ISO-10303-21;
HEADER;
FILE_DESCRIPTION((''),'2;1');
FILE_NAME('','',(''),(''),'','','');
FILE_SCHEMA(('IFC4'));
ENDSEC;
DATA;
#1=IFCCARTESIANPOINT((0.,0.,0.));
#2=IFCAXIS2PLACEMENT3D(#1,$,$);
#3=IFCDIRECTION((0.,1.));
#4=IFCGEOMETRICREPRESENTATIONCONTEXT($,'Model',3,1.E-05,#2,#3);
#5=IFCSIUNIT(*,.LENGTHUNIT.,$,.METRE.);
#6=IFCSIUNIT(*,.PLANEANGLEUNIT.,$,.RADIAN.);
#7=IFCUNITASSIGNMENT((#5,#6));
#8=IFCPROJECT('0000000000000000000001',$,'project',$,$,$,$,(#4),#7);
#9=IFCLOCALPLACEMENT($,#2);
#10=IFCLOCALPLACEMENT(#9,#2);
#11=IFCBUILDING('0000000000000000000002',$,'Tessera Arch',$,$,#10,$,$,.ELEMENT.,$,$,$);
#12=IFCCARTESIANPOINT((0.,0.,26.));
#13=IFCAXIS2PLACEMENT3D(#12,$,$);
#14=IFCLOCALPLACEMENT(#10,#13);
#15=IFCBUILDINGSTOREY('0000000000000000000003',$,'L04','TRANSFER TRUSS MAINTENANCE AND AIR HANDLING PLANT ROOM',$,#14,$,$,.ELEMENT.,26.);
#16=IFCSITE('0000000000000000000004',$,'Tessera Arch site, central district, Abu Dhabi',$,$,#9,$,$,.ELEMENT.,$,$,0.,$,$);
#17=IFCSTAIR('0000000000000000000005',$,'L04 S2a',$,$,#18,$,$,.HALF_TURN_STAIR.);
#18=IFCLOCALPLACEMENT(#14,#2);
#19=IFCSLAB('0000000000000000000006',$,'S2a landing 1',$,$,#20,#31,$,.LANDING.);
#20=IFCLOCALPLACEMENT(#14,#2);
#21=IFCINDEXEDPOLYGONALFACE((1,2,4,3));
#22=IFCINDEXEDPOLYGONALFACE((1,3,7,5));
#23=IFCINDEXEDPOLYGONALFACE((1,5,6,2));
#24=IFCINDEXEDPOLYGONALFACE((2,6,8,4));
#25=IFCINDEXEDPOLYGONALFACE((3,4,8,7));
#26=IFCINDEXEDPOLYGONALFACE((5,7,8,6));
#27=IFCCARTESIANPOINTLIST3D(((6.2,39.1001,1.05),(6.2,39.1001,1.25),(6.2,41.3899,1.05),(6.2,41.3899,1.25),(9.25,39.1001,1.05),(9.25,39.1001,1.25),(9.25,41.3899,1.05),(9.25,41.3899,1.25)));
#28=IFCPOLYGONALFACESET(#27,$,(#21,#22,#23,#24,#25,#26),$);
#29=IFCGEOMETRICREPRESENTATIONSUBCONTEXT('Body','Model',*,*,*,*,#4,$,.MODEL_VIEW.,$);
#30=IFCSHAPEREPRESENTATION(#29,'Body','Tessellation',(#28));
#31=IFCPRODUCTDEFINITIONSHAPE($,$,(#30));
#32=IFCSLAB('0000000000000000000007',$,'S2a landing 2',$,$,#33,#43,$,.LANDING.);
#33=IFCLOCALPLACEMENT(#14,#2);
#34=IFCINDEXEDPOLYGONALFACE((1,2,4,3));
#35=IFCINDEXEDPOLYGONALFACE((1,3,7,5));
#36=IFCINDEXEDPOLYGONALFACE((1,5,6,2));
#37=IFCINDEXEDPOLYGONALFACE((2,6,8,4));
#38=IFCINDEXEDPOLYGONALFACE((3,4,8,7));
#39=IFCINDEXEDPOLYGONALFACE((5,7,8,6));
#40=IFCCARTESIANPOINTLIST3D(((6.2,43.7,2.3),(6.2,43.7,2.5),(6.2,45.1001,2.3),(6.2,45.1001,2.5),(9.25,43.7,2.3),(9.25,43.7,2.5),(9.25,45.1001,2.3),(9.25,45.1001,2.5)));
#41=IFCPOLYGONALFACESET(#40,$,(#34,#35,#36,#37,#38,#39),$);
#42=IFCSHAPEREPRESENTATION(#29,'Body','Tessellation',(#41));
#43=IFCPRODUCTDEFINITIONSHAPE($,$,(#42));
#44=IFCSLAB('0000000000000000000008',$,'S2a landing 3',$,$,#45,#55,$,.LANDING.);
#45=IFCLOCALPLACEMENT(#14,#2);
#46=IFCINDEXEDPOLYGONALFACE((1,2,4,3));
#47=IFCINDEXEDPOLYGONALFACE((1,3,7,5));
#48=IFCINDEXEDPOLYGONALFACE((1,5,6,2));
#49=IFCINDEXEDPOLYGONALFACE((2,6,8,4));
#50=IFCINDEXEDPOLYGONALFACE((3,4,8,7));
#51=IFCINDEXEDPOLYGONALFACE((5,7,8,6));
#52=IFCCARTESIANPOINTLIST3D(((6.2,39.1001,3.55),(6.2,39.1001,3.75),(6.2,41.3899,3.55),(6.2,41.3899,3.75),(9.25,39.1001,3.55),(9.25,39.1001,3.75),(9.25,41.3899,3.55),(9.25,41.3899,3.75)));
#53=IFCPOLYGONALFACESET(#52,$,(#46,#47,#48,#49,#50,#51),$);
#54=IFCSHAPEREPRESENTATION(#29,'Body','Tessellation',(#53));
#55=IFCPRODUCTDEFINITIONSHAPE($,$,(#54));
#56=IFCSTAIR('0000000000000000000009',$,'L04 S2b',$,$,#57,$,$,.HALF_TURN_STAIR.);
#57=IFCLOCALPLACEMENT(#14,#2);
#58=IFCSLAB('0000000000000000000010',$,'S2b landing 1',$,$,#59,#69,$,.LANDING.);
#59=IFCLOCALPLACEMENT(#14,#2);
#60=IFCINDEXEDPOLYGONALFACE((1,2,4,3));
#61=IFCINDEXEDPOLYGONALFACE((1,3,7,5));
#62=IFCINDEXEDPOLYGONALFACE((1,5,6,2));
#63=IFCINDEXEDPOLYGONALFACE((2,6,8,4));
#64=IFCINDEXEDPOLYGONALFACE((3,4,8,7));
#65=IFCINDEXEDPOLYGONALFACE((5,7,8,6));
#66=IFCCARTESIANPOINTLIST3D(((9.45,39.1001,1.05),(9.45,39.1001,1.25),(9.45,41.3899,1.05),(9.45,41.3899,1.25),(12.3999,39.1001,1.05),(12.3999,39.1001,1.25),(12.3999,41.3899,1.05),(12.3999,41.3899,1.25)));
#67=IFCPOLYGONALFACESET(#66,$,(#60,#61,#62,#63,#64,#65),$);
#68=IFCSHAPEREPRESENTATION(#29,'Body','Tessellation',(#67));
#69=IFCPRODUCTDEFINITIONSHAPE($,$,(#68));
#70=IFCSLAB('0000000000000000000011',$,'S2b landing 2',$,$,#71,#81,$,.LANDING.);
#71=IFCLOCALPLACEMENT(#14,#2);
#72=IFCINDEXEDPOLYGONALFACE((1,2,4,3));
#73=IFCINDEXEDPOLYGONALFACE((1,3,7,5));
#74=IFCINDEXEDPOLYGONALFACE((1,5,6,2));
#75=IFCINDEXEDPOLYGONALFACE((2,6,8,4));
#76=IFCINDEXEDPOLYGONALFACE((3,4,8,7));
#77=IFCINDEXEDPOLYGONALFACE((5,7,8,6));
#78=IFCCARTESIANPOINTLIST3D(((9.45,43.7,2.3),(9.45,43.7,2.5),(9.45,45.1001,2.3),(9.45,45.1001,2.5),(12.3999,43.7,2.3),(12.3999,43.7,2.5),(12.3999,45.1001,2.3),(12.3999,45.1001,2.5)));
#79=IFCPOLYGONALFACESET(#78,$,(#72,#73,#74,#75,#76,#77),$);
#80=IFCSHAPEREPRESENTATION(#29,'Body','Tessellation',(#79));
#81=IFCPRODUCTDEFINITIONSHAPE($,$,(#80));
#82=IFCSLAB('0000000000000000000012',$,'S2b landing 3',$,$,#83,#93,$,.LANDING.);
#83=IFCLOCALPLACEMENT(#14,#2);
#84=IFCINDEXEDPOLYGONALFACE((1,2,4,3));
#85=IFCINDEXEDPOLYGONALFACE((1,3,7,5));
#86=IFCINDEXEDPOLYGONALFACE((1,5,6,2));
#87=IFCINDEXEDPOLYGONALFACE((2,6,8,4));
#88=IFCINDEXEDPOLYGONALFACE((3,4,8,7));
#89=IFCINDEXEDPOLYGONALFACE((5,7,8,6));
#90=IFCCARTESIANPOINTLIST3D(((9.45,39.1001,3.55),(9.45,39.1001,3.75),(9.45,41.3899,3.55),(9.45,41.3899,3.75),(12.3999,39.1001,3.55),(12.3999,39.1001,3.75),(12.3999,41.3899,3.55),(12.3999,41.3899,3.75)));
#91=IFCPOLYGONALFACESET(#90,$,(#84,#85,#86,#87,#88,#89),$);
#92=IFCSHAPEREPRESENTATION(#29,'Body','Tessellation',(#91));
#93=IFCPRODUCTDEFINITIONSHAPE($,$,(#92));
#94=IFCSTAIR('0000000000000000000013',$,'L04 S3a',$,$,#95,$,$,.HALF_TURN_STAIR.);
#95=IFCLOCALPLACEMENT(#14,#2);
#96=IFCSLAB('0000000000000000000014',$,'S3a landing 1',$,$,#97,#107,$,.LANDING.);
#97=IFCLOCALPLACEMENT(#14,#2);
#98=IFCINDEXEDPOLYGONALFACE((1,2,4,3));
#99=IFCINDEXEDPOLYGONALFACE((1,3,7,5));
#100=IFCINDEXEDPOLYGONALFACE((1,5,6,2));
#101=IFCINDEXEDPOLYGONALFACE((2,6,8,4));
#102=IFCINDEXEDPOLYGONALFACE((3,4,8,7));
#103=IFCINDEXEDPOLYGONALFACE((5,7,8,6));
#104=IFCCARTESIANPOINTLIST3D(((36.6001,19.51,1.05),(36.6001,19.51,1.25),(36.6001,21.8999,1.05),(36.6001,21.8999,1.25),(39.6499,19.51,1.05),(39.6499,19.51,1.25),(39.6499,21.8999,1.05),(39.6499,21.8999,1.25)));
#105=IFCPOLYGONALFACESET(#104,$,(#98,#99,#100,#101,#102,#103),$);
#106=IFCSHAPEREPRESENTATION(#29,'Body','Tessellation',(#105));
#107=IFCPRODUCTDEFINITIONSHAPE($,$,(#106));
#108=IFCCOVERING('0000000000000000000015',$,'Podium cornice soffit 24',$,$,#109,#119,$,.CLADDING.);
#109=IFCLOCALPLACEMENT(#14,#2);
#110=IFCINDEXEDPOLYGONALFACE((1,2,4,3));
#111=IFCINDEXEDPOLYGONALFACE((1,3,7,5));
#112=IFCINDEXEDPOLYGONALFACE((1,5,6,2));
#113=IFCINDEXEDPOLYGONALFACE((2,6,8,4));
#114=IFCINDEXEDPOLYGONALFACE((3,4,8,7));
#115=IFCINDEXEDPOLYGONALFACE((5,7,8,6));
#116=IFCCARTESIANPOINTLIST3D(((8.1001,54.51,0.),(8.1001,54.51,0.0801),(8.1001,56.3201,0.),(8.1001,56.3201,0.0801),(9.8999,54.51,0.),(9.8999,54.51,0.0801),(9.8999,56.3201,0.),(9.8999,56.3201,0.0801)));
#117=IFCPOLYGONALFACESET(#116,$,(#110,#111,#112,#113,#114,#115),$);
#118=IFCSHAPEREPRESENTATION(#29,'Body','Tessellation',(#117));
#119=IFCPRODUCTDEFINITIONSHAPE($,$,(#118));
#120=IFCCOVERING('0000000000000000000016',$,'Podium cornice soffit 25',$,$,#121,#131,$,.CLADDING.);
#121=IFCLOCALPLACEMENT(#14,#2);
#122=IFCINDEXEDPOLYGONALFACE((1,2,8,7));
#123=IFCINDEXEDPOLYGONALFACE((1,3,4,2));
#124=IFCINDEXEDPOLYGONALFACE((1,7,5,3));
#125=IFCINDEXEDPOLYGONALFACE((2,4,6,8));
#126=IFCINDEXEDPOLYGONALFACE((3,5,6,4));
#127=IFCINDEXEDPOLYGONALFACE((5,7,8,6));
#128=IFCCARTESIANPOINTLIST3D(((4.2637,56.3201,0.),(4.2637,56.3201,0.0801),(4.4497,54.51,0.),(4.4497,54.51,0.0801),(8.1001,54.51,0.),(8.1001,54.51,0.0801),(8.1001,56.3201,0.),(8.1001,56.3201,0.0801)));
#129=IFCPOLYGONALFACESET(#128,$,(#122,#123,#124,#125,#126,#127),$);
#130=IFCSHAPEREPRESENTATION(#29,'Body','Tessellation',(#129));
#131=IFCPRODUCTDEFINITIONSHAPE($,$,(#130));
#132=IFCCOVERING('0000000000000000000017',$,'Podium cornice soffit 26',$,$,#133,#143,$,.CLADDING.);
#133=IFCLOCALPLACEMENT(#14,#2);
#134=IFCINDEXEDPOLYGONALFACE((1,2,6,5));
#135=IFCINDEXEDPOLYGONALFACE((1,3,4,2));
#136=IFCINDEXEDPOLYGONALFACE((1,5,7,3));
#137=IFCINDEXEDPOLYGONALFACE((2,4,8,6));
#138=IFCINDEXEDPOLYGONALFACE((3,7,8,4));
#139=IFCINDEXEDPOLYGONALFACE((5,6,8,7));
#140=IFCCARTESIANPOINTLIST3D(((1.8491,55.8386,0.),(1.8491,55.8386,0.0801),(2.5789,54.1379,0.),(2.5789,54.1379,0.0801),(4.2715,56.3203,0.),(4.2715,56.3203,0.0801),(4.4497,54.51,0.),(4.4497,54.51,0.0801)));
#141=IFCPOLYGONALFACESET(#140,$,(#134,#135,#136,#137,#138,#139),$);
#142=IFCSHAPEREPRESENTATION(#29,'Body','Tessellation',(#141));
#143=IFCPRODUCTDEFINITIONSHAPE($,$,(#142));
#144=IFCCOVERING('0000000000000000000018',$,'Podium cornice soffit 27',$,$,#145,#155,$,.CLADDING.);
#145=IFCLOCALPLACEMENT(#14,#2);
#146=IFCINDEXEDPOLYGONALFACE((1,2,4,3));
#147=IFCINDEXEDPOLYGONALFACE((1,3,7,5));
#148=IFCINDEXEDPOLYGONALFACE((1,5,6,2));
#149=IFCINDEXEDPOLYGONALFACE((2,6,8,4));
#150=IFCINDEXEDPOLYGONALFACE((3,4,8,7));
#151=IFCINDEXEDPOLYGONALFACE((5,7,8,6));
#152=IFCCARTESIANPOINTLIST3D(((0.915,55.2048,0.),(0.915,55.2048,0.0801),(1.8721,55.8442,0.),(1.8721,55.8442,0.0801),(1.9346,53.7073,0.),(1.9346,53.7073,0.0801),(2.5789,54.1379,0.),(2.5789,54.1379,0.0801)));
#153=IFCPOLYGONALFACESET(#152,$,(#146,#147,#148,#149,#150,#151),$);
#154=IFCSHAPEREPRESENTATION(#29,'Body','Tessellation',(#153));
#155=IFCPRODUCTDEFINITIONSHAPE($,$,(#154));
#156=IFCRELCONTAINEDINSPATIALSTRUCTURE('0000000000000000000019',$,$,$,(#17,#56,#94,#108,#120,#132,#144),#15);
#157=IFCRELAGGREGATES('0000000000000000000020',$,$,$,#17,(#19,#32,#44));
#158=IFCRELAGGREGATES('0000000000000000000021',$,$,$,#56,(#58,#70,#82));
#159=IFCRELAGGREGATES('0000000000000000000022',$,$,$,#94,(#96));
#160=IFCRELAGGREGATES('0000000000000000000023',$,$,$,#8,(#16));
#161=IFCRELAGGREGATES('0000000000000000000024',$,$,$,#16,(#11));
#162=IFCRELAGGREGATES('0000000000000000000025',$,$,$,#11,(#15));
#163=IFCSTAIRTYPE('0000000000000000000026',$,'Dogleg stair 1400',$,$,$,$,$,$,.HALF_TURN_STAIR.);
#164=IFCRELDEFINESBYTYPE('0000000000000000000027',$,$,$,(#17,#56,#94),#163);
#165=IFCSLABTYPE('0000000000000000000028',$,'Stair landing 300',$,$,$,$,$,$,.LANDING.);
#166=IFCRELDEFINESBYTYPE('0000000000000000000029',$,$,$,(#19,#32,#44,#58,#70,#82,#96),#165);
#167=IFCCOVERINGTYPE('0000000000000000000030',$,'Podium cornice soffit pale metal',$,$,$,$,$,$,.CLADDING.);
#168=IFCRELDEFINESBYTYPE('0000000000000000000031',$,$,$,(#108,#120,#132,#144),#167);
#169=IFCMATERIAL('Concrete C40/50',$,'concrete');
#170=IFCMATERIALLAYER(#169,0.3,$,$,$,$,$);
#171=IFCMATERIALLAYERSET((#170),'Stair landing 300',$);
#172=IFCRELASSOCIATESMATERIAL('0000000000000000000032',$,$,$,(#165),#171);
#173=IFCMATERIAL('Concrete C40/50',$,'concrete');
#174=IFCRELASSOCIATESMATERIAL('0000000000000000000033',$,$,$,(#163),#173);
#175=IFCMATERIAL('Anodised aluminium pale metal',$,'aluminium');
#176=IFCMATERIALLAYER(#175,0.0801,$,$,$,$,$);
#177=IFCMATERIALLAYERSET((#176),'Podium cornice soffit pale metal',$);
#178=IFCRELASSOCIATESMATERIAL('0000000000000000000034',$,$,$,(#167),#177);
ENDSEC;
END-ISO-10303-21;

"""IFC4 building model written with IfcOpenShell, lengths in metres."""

from ifc_helpers import new_model, si_unit, direction, frame, origin, place, context, subcontext, project, spatial, polyline, outline, extrude, material, layer, layer_set, type_object, element, aggregate, save


model = new_model("IFC4")

# Units and contexts
model_context = context("Model", 3, precision=1e-05, world=origin(), true_north=direction((0.0, 1.0)))
body_context = subcontext(model_context, "Body", "Model", "MODEL_VIEW")
ifc_project = project(units=[si_unit("LENGTHUNIT", "METRE"), si_unit("PLANEANGLEUNIT", "RADIAN")], contexts=[model_context])

# Site, building, storey
site_placement = place(None, origin())
site = spatial("IfcSite", under=ifc_project, at=site_placement, Name="Tessera Arch site, central district, Abu Dhabi", CompositionType="ELEMENT", RefElevation=0.0)
building_placement = place(site_placement, origin())
building = spatial("IfcBuilding", under=site, at=building_placement, Name="Tessera Arch", CompositionType="ELEMENT")
storey_placement = place(building_placement, frame((0.0, 0.0, 26.0)))
storey = spatial("IfcBuildingStorey", under=building, at=storey_placement, Name="L04", Description="TRANSFER TRUSS MAINTENANCE AND AIR HANDLING PLANT ROOM", CompositionType="ELEMENT", Elevation=26.0)

# Stairs, slabs
ifc_material_1 = material(Name="Concrete C40/50", Category="concrete")
ifc_layer_1 = layer(ifc_material_1, 0.3)
ifc_layer_set_1 = layer_set([ifc_layer_1], Name="Stair landing 300")
slab_type_1 = type_object("IfcSlabType", Name="Stair landing 300", PredefinedType="LANDING", material=ifc_layer_set_1)
ifc_material_2 = material(Name="Concrete C40/50", Category="concrete")
stair_type_1 = type_object("IfcStairType", Name="Dogleg stair 1400", PredefinedType="HALF_TURN_STAIR", material=ifc_material_2)
stair_1_placement = place(storey_placement, origin())
stair_1 = element("IfcStair", 1, at=stair_1_placement, inside=storey, type_object=stair_type_1, Name="L04 S2a", PredefinedType="HALF_TURN_STAIR")
slab_1_placement = place(storey_placement, frame((0.0, 0.0, 1.05)))
slab_1 = element("IfcSlab", 2, at=slab_1_placement, type_object=slab_type_1, Name="S2a landing 1", PredefinedType="LANDING", context=body_context, shape_type="SweptSolid", body=[
    extrude(outline(polyline([(6.2, 41.3899), (6.2, 39.1001), (9.25, 39.1001), (9.25, 41.3899), (6.2, 41.3899)])), origin(), (0.0, 0.0, 1.0), 0.2),
])
slab_2_placement = place(storey_placement, frame((0.0, 0.0, 2.3)))
slab_2 = element("IfcSlab", 3, at=slab_2_placement, type_object=slab_type_1, Name="S2a landing 2", PredefinedType="LANDING", context=body_context, shape_type="SweptSolid", body=[
    extrude(outline(polyline([(6.2, 45.1001), (6.2, 43.7), (9.25, 43.7), (9.25, 45.1001), (6.2, 45.1001)])), origin(), (0.0, 0.0, 1.0), 0.2),
])
slab_3_placement = place(storey_placement, frame((0.0, 0.0, 3.55)))
slab_3 = element("IfcSlab", 4, at=slab_3_placement, type_object=slab_type_1, Name="S2a landing 3", PredefinedType="LANDING", context=body_context, shape_type="SweptSolid", body=[
    extrude(outline(polyline([(6.2, 41.3899), (6.2, 39.1001), (9.25, 39.1001), (9.25, 41.3899), (6.2, 41.3899)])), origin(), (0.0, 0.0, 1.0), 0.2),
])
aggregate(stair_1, [slab_1, slab_2, slab_3])
stair_2_placement = place(storey_placement, origin())
stair_2 = element("IfcStair", 5, at=stair_2_placement, inside=storey, type_object=stair_type_1, Name="L04 S2b", PredefinedType="HALF_TURN_STAIR")
slab_4_placement = place(storey_placement, frame((0.0, 0.0, 1.05)))
slab_4 = element("IfcSlab", 6, at=slab_4_placement, type_object=slab_type_1, Name="S2b landing 1", PredefinedType="LANDING", context=body_context, shape_type="SweptSolid", body=[
    extrude(outline(polyline([(9.45, 41.3899), (9.45, 39.1001), (12.3999, 39.1001), (12.3999, 41.3899), (9.45, 41.3899)])), origin(), (0.0, 0.0, 1.0), 0.2),
])
slab_5_placement = place(storey_placement, frame((0.0, 0.0, 2.3)))
slab_5 = element("IfcSlab", 7, at=slab_5_placement, type_object=slab_type_1, Name="S2b landing 2", PredefinedType="LANDING", context=body_context, shape_type="SweptSolid", body=[
    extrude(outline(polyline([(9.45, 45.1001), (9.45, 43.7), (12.3999, 43.7), (12.3999, 45.1001), (9.45, 45.1001)])), origin(), (0.0, 0.0, 1.0), 0.2),
])
slab_6_placement = place(storey_placement, frame((0.0, 0.0, 3.55)))
slab_6 = element("IfcSlab", 8, at=slab_6_placement, type_object=slab_type_1, Name="S2b landing 3", PredefinedType="LANDING", context=body_context, shape_type="SweptSolid", body=[
    extrude(outline(polyline([(9.45, 41.3899), (9.45, 39.1001), (12.3999, 39.1001), (12.3999, 41.3899), (9.45, 41.3899)])), origin(), (0.0, 0.0, 1.0), 0.2),
])
aggregate(stair_2, [slab_4, slab_5, slab_6])

# Stair, slab
stair_3_placement = place(storey_placement, origin())
stair_3 = element("IfcStair", 9, at=stair_3_placement, inside=storey, type_object=stair_type_1, Name="L04 S3a", PredefinedType="HALF_TURN_STAIR")
slab_7_placement = place(storey_placement, frame((0.0, 0.0, 1.05)))
slab_7 = element("IfcSlab", 10, at=slab_7_placement, type_object=slab_type_1, Name="S3a landing 1", PredefinedType="LANDING", context=body_context, shape_type="SweptSolid", body=[
    extrude(outline(polyline([(39.6499, 19.51), (39.6499, 21.8999), (36.6001, 21.8999), (36.6001, 19.51), (39.6499, 19.51)])), origin(), (0.0, 0.0, 1.0), 0.2),
])
aggregate(stair_3, [slab_7])

# Coverings
ifc_material_3 = material(Name="Anodised aluminium pale metal", Category="aluminium")
ifc_layer_2 = layer(ifc_material_3, 0.0801)
ifc_layer_set_2 = layer_set([ifc_layer_2], Name="Podium cornice soffit pale metal")
covering_type = type_object("IfcCoveringType", Name="Podium cornice soffit pale metal", PredefinedType="CLADDING", material=ifc_layer_set_2)
covering_1_placement = place(storey_placement, origin())
element("IfcCovering", 11, at=covering_1_placement, inside=storey, type_object=covering_type, Name="Podium cornice soffit 24", PredefinedType="CLADDING", context=body_context, shape_type="SweptSolid", body=[
    extrude(outline(polyline([(9.8999, 56.3201), (8.1001, 56.3201), (8.1001, 54.51), (9.8999, 54.51), (9.8999, 56.3201)])), origin(), (0.0, 0.0, 1.0), 0.0801),
])
covering_2_placement = place(storey_placement, origin())
element("IfcCovering", 12, at=covering_2_placement, inside=storey, type_object=covering_type, Name="Podium cornice soffit 25", PredefinedType="CLADDING", context=body_context, shape_type="SweptSolid", body=[
    extrude(outline(polyline([(8.1001, 56.3201), (4.2637, 56.3201), (4.4497, 54.51), (8.1001, 54.51), (8.1001, 56.3201)])), origin(), (0.0, 0.0, 1.0), 0.0801),
])
covering_3_placement = place(storey_placement, origin())
element("IfcCovering", 13, at=covering_3_placement, inside=storey, type_object=covering_type, Name="Podium cornice soffit 26", PredefinedType="CLADDING", context=body_context, shape_type="SweptSolid", body=[
    extrude(outline(polyline([(4.2715, 56.3203), (1.8491, 55.8386), (2.5789, 54.1379), (4.4497, 54.51), (4.2715, 56.3203)])), origin(), (0.0, 0.0, 1.0), 0.0801),
])
covering_4_placement = place(storey_placement, origin())
element("IfcCovering", 14, at=covering_4_placement, inside=storey, type_object=covering_type, Name="Podium cornice soffit 27", PredefinedType="CLADDING", context=body_context, shape_type="SweptSolid", body=[
    extrude(outline(polyline([(1.8721, 55.8442), (0.915, 55.2048), (1.9346, 53.7073), (2.5789, 54.1379), (1.8721, 55.8442)])), origin(), (0.0, 0.0, 1.0), 0.0801),
])

save(model, "model.ifc")
